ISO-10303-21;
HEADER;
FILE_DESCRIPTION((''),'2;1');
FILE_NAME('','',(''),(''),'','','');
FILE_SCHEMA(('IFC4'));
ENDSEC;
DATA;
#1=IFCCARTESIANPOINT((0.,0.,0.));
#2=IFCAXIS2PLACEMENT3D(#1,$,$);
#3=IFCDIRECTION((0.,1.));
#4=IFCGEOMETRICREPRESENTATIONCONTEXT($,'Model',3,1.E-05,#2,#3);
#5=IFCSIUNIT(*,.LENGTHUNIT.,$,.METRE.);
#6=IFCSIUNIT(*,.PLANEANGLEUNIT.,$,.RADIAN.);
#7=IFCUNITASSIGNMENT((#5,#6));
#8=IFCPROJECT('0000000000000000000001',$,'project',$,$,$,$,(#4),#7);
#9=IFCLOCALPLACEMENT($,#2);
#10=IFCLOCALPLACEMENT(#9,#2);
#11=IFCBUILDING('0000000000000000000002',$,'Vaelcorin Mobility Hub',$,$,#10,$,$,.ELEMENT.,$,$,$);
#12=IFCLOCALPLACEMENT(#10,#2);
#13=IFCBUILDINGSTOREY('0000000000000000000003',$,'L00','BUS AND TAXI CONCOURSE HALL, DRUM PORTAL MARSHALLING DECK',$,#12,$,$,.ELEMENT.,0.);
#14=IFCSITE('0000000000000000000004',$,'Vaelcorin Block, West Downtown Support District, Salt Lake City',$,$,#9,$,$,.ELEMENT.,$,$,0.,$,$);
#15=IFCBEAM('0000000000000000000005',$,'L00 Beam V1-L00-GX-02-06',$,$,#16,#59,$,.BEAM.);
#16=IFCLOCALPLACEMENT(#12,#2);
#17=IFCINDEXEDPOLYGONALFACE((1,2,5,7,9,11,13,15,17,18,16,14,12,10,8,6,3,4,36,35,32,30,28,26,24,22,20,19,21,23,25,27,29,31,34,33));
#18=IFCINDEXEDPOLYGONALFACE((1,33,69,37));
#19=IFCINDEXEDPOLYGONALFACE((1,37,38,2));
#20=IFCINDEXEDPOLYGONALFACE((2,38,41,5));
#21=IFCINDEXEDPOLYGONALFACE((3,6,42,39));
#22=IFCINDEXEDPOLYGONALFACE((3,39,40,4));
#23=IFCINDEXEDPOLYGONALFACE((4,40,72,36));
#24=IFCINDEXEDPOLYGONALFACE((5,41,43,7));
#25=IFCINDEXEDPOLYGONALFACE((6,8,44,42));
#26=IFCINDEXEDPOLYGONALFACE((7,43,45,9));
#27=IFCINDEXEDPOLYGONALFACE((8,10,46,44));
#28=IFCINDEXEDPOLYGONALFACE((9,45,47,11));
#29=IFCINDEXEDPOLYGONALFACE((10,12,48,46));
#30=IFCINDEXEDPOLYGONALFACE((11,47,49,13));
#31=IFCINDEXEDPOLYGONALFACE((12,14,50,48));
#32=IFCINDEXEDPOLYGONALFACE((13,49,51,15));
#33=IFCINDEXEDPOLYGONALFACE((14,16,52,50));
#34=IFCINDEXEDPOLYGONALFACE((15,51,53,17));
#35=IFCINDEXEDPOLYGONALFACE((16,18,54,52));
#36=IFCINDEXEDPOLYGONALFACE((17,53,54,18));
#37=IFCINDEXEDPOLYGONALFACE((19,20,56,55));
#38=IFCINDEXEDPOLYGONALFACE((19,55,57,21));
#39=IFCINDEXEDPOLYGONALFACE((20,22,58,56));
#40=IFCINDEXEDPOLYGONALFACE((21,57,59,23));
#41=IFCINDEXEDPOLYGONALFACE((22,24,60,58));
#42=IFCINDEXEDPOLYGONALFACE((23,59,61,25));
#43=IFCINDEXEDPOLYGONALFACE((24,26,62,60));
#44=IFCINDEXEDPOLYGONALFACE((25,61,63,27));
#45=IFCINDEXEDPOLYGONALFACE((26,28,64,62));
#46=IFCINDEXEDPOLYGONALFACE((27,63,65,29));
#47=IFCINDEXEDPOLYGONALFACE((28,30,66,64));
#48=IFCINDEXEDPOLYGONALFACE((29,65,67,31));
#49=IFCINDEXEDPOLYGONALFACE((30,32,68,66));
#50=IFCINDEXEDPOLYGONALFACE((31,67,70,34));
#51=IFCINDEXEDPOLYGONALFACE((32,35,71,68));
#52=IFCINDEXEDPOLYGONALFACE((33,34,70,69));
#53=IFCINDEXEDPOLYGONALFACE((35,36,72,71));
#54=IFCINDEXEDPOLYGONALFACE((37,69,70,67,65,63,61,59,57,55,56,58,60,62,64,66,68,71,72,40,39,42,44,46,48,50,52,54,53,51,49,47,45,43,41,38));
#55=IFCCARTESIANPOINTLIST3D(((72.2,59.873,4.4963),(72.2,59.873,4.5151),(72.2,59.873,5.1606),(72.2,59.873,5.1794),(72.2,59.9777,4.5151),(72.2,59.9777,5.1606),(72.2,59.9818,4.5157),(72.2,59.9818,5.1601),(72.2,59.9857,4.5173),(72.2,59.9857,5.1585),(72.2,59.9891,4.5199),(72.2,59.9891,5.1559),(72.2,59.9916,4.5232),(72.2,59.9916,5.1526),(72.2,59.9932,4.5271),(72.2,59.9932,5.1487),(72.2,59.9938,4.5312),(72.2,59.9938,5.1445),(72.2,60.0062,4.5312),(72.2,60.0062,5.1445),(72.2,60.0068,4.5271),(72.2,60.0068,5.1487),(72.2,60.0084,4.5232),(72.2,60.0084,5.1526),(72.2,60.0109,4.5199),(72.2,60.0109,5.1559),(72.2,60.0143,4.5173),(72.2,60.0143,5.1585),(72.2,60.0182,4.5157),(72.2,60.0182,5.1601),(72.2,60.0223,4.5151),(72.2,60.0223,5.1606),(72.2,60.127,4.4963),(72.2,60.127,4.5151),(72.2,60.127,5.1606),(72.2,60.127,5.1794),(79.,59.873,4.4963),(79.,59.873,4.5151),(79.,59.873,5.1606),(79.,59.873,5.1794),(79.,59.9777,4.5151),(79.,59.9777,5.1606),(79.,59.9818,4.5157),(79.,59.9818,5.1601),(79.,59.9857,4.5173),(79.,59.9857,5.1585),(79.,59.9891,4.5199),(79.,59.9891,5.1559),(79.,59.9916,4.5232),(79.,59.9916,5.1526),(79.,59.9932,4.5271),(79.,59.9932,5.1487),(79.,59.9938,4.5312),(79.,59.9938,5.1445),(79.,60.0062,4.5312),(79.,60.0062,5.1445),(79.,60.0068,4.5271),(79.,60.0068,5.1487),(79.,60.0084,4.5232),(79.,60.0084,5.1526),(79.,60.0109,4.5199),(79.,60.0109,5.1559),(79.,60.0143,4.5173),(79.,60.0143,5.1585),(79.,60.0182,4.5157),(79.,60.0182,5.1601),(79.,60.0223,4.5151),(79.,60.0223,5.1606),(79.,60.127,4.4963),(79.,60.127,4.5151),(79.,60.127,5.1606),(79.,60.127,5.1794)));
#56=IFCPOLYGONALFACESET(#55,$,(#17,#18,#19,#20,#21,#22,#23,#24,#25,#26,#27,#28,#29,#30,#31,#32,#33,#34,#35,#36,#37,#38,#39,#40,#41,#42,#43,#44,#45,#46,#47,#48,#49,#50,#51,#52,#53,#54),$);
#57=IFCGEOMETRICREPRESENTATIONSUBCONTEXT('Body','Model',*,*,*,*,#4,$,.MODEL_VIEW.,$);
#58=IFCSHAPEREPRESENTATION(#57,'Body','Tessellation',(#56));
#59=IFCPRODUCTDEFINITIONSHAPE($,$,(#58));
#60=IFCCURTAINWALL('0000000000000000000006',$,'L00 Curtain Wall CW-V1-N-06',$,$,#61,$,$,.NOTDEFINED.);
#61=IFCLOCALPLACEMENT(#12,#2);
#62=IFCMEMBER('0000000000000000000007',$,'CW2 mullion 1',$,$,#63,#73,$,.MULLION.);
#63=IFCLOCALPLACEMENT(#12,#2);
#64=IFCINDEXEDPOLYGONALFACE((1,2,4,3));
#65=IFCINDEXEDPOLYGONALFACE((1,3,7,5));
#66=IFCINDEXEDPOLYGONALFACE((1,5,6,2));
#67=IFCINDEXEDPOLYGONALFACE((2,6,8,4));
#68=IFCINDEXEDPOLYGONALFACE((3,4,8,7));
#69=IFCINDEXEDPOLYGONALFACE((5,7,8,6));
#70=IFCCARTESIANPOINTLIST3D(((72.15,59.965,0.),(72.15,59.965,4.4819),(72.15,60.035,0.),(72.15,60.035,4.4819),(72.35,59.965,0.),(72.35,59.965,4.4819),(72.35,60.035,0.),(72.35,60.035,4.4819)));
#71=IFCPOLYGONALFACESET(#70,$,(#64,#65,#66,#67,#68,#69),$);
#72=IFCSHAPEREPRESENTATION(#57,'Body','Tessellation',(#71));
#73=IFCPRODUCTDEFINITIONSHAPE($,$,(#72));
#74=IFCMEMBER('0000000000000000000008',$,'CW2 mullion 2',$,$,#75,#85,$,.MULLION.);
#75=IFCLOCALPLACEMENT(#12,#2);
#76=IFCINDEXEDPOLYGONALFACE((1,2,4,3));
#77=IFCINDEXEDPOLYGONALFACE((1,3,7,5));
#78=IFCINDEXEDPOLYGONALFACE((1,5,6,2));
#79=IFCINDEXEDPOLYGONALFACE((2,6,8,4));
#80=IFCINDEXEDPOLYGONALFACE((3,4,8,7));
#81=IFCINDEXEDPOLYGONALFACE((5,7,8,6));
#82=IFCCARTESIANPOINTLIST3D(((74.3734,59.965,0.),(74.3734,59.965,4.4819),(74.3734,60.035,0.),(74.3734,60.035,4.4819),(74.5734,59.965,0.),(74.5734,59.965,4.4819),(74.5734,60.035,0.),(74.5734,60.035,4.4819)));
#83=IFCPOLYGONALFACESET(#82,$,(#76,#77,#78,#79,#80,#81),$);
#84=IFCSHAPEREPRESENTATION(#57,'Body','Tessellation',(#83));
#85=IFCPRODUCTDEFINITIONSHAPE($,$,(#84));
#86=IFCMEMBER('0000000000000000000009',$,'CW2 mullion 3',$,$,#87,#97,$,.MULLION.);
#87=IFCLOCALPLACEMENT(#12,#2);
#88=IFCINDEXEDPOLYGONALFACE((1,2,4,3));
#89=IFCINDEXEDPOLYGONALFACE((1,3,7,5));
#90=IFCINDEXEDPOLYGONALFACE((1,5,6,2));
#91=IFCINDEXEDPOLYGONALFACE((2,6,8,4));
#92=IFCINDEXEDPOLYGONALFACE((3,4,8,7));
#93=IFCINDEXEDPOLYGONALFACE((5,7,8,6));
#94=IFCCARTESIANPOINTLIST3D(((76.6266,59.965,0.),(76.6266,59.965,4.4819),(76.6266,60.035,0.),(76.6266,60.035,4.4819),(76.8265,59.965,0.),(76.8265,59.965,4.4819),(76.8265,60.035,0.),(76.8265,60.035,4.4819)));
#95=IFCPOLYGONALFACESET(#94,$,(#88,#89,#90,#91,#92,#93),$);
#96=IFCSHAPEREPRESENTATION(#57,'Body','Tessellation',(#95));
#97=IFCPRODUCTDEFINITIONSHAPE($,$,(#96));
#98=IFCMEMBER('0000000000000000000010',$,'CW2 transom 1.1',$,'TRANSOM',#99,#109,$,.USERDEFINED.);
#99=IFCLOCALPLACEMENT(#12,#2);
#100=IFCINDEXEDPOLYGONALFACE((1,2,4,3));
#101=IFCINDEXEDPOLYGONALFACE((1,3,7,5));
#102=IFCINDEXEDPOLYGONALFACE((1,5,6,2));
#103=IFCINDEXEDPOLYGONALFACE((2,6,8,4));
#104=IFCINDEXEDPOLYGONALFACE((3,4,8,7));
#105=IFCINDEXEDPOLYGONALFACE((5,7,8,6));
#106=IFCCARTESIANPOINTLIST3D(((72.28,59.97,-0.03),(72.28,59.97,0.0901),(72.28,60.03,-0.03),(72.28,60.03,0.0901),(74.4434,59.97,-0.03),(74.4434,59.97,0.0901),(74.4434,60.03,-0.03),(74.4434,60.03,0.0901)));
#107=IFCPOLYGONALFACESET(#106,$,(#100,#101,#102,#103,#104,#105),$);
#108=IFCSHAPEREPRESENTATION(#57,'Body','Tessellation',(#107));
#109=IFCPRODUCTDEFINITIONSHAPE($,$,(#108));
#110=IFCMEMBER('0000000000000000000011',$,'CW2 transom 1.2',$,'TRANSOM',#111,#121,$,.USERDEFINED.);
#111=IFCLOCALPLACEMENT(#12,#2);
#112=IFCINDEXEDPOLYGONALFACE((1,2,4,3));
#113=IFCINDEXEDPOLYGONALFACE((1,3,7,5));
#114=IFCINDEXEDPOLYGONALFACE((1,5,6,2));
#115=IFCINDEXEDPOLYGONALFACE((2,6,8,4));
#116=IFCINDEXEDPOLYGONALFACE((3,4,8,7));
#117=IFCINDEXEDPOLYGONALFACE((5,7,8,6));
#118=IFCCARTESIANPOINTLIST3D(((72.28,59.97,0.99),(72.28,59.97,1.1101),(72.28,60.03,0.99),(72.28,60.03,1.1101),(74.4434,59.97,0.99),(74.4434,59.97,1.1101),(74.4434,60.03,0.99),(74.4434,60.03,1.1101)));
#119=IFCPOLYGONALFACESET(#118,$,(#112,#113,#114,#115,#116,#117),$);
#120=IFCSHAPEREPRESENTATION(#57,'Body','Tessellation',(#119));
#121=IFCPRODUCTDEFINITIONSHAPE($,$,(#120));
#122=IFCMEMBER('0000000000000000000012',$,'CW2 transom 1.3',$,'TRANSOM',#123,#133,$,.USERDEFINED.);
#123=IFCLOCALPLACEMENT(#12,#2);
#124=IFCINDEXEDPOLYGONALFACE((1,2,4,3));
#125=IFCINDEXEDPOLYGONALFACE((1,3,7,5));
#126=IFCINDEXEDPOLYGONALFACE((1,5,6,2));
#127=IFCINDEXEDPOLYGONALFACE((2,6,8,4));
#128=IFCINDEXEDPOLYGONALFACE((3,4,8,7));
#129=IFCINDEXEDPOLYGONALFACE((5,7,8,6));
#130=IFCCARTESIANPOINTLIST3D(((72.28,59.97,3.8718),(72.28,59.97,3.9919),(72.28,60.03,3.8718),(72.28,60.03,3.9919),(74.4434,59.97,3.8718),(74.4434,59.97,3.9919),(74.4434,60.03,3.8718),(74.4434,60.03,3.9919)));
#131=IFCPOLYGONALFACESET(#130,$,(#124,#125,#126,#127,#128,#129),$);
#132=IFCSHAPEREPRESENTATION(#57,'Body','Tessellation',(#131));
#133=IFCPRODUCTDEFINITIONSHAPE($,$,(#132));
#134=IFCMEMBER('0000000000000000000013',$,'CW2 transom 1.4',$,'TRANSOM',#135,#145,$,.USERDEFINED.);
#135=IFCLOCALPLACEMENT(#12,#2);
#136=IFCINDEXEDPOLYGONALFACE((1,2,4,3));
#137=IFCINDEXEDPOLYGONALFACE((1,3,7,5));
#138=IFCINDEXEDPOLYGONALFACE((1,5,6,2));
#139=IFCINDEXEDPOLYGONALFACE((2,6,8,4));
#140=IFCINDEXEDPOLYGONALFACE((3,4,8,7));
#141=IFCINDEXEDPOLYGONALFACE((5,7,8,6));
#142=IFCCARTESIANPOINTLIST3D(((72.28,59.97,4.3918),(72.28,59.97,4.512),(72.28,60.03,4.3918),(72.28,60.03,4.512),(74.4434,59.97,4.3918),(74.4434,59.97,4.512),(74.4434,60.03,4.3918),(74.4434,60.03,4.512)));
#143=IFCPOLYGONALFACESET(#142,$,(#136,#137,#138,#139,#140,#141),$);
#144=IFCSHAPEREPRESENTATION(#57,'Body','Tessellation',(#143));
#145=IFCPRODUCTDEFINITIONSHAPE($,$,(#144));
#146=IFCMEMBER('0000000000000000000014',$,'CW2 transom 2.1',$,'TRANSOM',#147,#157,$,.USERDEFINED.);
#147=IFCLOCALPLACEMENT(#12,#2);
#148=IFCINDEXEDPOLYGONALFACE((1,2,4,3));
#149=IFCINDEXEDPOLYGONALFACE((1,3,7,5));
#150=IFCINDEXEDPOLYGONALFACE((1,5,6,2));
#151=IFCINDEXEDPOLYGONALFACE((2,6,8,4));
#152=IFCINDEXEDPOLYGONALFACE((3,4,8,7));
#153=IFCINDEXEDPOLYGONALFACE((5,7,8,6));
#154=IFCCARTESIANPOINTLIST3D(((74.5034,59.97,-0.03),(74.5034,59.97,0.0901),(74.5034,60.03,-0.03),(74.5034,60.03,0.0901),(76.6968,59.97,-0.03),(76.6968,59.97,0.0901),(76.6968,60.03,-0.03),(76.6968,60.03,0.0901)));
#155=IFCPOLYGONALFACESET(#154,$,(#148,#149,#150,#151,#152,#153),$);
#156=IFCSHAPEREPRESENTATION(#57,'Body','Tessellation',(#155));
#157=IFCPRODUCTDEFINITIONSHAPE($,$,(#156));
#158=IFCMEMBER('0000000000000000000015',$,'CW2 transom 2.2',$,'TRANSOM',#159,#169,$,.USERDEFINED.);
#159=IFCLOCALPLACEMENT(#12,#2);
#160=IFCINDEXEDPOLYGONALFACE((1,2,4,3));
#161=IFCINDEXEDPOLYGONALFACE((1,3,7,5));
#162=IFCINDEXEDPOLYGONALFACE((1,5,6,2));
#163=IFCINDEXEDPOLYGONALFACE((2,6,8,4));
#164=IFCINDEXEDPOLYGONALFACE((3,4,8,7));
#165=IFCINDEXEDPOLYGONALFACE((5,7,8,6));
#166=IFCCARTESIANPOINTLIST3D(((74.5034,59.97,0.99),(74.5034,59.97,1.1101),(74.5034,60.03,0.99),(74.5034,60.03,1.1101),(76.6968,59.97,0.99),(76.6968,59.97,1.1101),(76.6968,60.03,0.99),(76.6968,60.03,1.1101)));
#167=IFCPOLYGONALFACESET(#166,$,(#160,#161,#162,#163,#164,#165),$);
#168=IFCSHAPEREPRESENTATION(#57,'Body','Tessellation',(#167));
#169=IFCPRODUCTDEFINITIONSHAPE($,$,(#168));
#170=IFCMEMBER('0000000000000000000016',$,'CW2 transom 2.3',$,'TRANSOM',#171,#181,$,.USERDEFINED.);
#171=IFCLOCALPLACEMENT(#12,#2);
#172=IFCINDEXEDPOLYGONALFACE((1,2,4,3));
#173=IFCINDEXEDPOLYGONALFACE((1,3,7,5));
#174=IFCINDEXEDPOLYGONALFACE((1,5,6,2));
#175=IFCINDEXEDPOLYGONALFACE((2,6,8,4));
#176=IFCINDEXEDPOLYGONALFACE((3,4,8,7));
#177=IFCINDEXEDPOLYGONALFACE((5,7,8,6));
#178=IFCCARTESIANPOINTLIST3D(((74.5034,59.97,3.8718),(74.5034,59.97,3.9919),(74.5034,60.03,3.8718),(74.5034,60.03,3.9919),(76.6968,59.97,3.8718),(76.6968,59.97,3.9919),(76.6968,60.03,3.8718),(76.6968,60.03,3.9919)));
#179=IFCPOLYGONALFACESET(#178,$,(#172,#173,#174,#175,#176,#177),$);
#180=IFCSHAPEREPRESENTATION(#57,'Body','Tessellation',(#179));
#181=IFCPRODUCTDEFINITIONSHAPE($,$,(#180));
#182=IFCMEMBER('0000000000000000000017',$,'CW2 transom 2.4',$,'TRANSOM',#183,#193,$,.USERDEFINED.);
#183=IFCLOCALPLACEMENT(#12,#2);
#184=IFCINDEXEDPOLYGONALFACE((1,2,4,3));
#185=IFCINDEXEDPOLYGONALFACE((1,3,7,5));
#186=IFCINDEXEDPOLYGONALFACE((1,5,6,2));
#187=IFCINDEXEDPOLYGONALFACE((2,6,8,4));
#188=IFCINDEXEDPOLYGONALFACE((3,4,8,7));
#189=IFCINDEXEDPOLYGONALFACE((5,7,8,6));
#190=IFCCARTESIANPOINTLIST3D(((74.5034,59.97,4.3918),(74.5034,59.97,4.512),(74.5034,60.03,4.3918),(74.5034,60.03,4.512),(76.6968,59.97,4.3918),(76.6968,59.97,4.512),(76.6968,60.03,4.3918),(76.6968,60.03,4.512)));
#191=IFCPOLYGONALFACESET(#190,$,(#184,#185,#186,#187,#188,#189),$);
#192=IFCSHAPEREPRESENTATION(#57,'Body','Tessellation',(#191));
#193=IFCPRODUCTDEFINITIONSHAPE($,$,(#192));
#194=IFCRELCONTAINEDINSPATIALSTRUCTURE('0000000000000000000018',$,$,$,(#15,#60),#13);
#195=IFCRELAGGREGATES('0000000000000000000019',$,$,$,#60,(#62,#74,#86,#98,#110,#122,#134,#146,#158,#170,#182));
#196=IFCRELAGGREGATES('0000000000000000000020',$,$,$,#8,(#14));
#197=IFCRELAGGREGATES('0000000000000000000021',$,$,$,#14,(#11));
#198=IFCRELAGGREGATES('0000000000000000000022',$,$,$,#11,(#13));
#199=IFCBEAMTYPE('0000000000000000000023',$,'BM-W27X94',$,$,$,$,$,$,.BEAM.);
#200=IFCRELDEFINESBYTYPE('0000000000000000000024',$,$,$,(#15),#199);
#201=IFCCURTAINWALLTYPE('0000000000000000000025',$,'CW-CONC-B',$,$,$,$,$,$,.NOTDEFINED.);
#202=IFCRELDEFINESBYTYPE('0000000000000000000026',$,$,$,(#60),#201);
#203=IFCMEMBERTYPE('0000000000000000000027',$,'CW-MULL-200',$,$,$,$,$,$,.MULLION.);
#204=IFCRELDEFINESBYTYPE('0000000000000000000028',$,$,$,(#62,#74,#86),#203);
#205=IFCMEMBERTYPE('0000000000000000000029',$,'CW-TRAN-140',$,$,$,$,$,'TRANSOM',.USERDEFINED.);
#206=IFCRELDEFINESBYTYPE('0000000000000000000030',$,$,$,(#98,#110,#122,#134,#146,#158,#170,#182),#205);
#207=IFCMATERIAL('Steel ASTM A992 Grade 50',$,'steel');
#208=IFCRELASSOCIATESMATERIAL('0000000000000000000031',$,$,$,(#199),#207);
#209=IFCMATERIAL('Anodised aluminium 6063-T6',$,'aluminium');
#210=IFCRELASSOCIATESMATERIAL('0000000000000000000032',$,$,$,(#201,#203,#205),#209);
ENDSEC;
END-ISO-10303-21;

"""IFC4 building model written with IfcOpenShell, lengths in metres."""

from ifc_helpers import new_model, si_unit, direction, frame, origin, origin_2d, place, context, subcontext, project, spatial, rectangle, i_section, extrude, material, material_profile, profile_set, type_object, element, aggregate, save


model = new_model("IFC4")

# Units and contexts
model_context = context("Model", 3, precision=1e-05, world=origin(), true_north=direction((0.0, 1.0)))
body_context = subcontext(model_context, "Body", "Model", "MODEL_VIEW")
ifc_project = project(units=[si_unit("LENGTHUNIT", "METRE"), si_unit("PLANEANGLEUNIT", "RADIAN")], contexts=[model_context])

# Site, building, storey
site_placement = place(None, origin())
site = spatial("IfcSite", under=ifc_project, at=site_placement, Name="Vaelcorin Block, West Downtown Support District, Salt Lake City", CompositionType="ELEMENT", RefElevation=0.0)
building_placement = place(site_placement, origin())
building = spatial("IfcBuilding", under=site, at=building_placement, Name="Vaelcorin Mobility Hub", CompositionType="ELEMENT")
storey_placement = place(building_placement, origin())
storey = spatial("IfcBuildingStorey", under=building, at=storey_placement, Name="L00", Description="BUS AND TAXI CONCOURSE HALL, DRUM PORTAL MARSHALLING DECK", CompositionType="ELEMENT", Elevation=0.0)

# Beam
ifc_material_1 = material(Name="Steel ASTM A992 Grade 50", Category="steel")
ifc_material_profile_1 = material_profile(ifc_material_1, i_section(OverallWidth=0.2539, OverallDepth=0.6831, WebThickness=0.0125, FlangeThickness=0.0188, FilletRadius=0.0161, at=origin_2d()), Name="W27X94")
ifc_profile_set_1 = profile_set([ifc_material_profile_1], Name="Steel ASTM A992 Grade 50")
beam_type = type_object("IfcBeamType", Name="BM-W27X94", PredefinedType="BEAM", material=ifc_profile_set_1)
beam_placement = place(storey_placement, frame((72.2, 60.0, 4.8379), z_axis=(1.0, 0.0, 0.0), x_axis=(0.0, 1.0, 0.0)))
element("IfcBeam", 1, at=beam_placement, inside=storey, type_object=beam_type, Name="L00 Beam V1-L00-GX-02-06", PredefinedType="BEAM", context=body_context, shape_type="SweptSolid", body=[
    extrude(i_section(OverallWidth=0.2539, OverallDepth=0.6831, WebThickness=0.0125, FlangeThickness=0.0188, FilletRadius=0.0161, at=origin_2d()), origin(), (0.0, 0.0, 1.0), 6.8),
])

# Curtain wall, members
ifc_material_2 = material(Name="Anodised aluminium 6063-T6", Category="aluminium")
curtain_wall_type = type_object("IfcCurtainWallType", Name="CW-CONC-B", PredefinedType="NOTDEFINED", material=ifc_material_2)
curtain_wall_placement = place(storey_placement, origin())
curtain_wall = element("IfcCurtainWall", 2, at=curtain_wall_placement, inside=storey, type_object=curtain_wall_type, Name="L00 Curtain Wall CW-V1-N-06", PredefinedType="NOTDEFINED")
ifc_material_profile_2 = material_profile(ifc_material_2, rectangle(XDim=0.0701, YDim=0.2, at=origin_2d()), Name="ALU-M70X200")
ifc_profile_set_2 = profile_set([ifc_material_profile_2], Name="Anodised aluminium 6063-T6")
member_type_1 = type_object("IfcMemberType", Name="CW-MULL-200", PredefinedType="MULLION", material=ifc_profile_set_2)
member_1_placement = place(storey_placement, frame((72.25, 60.0, 0.0), z_axis=(0.0, 0.0, 1.0), x_axis=(0.0, 1.0, 0.0)))
member_1 = element("IfcMember", 3, at=member_1_placement, type_object=member_type_1, Name="CW2 mullion 1", PredefinedType="MULLION", context=body_context, shape_type="SweptSolid", body=[
    extrude(rectangle(XDim=0.0701, YDim=0.2, at=origin_2d()), origin(), (0.0, 0.0, 1.0), 4.4819),
])
member_2_placement = place(storey_placement, frame((74.4734, 60.0, 0.0), z_axis=(0.0, 0.0, 1.0), x_axis=(0.0, 1.0, 0.0)))
member_2 = element("IfcMember", 4, at=member_2_placement, type_object=member_type_1, Name="CW2 mullion 2", PredefinedType="MULLION", context=body_context, shape_type="SweptSolid", body=[
    extrude(rectangle(XDim=0.0701, YDim=0.2, at=origin_2d()), origin(), (0.0, 0.0, 1.0), 4.4819),
])
member_3_placement = place(storey_placement, frame((76.7266, 60.0, 0.0), z_axis=(0.0, 0.0, 1.0), x_axis=(0.0, 1.0, 0.0)))
member_3 = element("IfcMember", 5, at=member_3_placement, type_object=member_type_1, Name="CW2 mullion 3", PredefinedType="MULLION", context=body_context, shape_type="SweptSolid", body=[
    extrude(rectangle(XDim=0.0701, YDim=0.2, at=origin_2d()), origin(), (0.0, 0.0, 1.0), 4.4819),
])
ifc_material_profile_3 = material_profile(ifc_material_2, rectangle(XDim=0.0601, YDim=0.1201, at=origin_2d()), Name="ALU-T60X120")
ifc_profile_set_3 = profile_set([ifc_material_profile_3], Name="Anodised aluminium 6063-T6")
member_type_2 = type_object("IfcMemberType", Name="CW-TRAN-140", ElementType="TRANSOM", PredefinedType="USERDEFINED", material=ifc_profile_set_3)
member_4_placement = place(storey_placement, frame((72.28, 60.0, 0.03), z_axis=(1.0, 0.0, 0.0), x_axis=(0.0, 1.0, 0.0)))
member_4 = element("IfcMember", 6, at=member_4_placement, type_object=member_type_2, Name="CW2 transom 1.1", ObjectType="TRANSOM", PredefinedType="USERDEFINED", context=body_context, shape_type="SweptSolid", body=[
    extrude(rectangle(XDim=0.0601, YDim=0.1201, at=origin_2d()), origin(), (0.0, 0.0, 1.0), 2.1633),
])
member_5_placement = place(storey_placement, frame((72.28, 60.0, 1.05), z_axis=(1.0, 0.0, 0.0), x_axis=(0.0, 1.0, 0.0)))
member_5 = element("IfcMember", 7, at=member_5_placement, type_object=member_type_2, Name="CW2 transom 1.2", ObjectType="TRANSOM", PredefinedType="USERDEFINED", context=body_context, shape_type="SweptSolid", body=[
    extrude(rectangle(XDim=0.0601, YDim=0.1201, at=origin_2d()), origin(), (0.0, 0.0, 1.0), 2.1633),
])
member_6_placement = place(storey_placement, frame((72.28, 60.0, 3.9319), z_axis=(1.0, 0.0, 0.0), x_axis=(0.0, 1.0, 0.0)))
member_6 = element("IfcMember", 8, at=member_6_placement, type_object=member_type_2, Name="CW2 transom 1.3", ObjectType="TRANSOM", PredefinedType="USERDEFINED", context=body_context, shape_type="SweptSolid", body=[
    extrude(rectangle(XDim=0.0601, YDim=0.1201, at=origin_2d()), origin(), (0.0, 0.0, 1.0), 2.1633),
])
member_7_placement = place(storey_placement, frame((72.28, 60.0, 4.4519), z_axis=(1.0, 0.0, 0.0), x_axis=(0.0, 1.0, 0.0)))
member_7 = element("IfcMember", 9, at=member_7_placement, type_object=member_type_2, Name="CW2 transom 1.4", ObjectType="TRANSOM", PredefinedType="USERDEFINED", context=body_context, shape_type="SweptSolid", body=[
    extrude(rectangle(XDim=0.0601, YDim=0.1201, at=origin_2d()), origin(), (0.0, 0.0, 1.0), 2.1633),
])
member_8_placement = place(storey_placement, frame((74.5034, 60.0, 0.03), z_axis=(1.0, 0.0, 0.0), x_axis=(0.0, 1.0, 0.0)))
member_8 = element("IfcMember", 10, at=member_8_placement, type_object=member_type_2, Name="CW2 transom 2.1", ObjectType="TRANSOM", PredefinedType="USERDEFINED", context=body_context, shape_type="SweptSolid", body=[
    extrude(rectangle(XDim=0.0601, YDim=0.1201, at=origin_2d()), origin(), (0.0, 0.0, 1.0), 2.1934),
])
member_9_placement = place(storey_placement, frame((74.5034, 60.0, 1.05), z_axis=(1.0, 0.0, 0.0), x_axis=(0.0, 1.0, 0.0)))
member_9 = element("IfcMember", 11, at=member_9_placement, type_object=member_type_2, Name="CW2 transom 2.2", ObjectType="TRANSOM", PredefinedType="USERDEFINED", context=body_context, shape_type="SweptSolid", body=[
    extrude(rectangle(XDim=0.0601, YDim=0.1201, at=origin_2d()), origin(), (0.0, 0.0, 1.0), 2.1934),
])
member_10_placement = place(storey_placement, frame((74.5034, 60.0, 3.9319), z_axis=(1.0, 0.0, 0.0), x_axis=(0.0, 1.0, 0.0)))
member_10 = element("IfcMember", 12, at=member_10_placement, type_object=member_type_2, Name="CW2 transom 2.3", ObjectType="TRANSOM", PredefinedType="USERDEFINED", context=body_context, shape_type="SweptSolid", body=[
    extrude(rectangle(XDim=0.0601, YDim=0.1201, at=origin_2d()), origin(), (0.0, 0.0, 1.0), 2.1934),
])
member_11_placement = place(storey_placement, frame((74.5034, 60.0, 4.4519), z_axis=(1.0, 0.0, 0.0), x_axis=(0.0, 1.0, 0.0)))
member_11 = element("IfcMember", 13, at=member_11_placement, type_object=member_type_2, Name="CW2 transom 2.4", ObjectType="TRANSOM", PredefinedType="USERDEFINED", context=body_context, shape_type="SweptSolid", body=[
    extrude(rectangle(XDim=0.0601, YDim=0.1201, at=origin_2d()), origin(), (0.0, 0.0, 1.0), 2.1934),
])
aggregate(curtain_wall, [member_1, member_2, member_3, member_4, member_5, member_6, member_7, member_8, member_9, member_10, member_11])

save(model, "model.ifc")
